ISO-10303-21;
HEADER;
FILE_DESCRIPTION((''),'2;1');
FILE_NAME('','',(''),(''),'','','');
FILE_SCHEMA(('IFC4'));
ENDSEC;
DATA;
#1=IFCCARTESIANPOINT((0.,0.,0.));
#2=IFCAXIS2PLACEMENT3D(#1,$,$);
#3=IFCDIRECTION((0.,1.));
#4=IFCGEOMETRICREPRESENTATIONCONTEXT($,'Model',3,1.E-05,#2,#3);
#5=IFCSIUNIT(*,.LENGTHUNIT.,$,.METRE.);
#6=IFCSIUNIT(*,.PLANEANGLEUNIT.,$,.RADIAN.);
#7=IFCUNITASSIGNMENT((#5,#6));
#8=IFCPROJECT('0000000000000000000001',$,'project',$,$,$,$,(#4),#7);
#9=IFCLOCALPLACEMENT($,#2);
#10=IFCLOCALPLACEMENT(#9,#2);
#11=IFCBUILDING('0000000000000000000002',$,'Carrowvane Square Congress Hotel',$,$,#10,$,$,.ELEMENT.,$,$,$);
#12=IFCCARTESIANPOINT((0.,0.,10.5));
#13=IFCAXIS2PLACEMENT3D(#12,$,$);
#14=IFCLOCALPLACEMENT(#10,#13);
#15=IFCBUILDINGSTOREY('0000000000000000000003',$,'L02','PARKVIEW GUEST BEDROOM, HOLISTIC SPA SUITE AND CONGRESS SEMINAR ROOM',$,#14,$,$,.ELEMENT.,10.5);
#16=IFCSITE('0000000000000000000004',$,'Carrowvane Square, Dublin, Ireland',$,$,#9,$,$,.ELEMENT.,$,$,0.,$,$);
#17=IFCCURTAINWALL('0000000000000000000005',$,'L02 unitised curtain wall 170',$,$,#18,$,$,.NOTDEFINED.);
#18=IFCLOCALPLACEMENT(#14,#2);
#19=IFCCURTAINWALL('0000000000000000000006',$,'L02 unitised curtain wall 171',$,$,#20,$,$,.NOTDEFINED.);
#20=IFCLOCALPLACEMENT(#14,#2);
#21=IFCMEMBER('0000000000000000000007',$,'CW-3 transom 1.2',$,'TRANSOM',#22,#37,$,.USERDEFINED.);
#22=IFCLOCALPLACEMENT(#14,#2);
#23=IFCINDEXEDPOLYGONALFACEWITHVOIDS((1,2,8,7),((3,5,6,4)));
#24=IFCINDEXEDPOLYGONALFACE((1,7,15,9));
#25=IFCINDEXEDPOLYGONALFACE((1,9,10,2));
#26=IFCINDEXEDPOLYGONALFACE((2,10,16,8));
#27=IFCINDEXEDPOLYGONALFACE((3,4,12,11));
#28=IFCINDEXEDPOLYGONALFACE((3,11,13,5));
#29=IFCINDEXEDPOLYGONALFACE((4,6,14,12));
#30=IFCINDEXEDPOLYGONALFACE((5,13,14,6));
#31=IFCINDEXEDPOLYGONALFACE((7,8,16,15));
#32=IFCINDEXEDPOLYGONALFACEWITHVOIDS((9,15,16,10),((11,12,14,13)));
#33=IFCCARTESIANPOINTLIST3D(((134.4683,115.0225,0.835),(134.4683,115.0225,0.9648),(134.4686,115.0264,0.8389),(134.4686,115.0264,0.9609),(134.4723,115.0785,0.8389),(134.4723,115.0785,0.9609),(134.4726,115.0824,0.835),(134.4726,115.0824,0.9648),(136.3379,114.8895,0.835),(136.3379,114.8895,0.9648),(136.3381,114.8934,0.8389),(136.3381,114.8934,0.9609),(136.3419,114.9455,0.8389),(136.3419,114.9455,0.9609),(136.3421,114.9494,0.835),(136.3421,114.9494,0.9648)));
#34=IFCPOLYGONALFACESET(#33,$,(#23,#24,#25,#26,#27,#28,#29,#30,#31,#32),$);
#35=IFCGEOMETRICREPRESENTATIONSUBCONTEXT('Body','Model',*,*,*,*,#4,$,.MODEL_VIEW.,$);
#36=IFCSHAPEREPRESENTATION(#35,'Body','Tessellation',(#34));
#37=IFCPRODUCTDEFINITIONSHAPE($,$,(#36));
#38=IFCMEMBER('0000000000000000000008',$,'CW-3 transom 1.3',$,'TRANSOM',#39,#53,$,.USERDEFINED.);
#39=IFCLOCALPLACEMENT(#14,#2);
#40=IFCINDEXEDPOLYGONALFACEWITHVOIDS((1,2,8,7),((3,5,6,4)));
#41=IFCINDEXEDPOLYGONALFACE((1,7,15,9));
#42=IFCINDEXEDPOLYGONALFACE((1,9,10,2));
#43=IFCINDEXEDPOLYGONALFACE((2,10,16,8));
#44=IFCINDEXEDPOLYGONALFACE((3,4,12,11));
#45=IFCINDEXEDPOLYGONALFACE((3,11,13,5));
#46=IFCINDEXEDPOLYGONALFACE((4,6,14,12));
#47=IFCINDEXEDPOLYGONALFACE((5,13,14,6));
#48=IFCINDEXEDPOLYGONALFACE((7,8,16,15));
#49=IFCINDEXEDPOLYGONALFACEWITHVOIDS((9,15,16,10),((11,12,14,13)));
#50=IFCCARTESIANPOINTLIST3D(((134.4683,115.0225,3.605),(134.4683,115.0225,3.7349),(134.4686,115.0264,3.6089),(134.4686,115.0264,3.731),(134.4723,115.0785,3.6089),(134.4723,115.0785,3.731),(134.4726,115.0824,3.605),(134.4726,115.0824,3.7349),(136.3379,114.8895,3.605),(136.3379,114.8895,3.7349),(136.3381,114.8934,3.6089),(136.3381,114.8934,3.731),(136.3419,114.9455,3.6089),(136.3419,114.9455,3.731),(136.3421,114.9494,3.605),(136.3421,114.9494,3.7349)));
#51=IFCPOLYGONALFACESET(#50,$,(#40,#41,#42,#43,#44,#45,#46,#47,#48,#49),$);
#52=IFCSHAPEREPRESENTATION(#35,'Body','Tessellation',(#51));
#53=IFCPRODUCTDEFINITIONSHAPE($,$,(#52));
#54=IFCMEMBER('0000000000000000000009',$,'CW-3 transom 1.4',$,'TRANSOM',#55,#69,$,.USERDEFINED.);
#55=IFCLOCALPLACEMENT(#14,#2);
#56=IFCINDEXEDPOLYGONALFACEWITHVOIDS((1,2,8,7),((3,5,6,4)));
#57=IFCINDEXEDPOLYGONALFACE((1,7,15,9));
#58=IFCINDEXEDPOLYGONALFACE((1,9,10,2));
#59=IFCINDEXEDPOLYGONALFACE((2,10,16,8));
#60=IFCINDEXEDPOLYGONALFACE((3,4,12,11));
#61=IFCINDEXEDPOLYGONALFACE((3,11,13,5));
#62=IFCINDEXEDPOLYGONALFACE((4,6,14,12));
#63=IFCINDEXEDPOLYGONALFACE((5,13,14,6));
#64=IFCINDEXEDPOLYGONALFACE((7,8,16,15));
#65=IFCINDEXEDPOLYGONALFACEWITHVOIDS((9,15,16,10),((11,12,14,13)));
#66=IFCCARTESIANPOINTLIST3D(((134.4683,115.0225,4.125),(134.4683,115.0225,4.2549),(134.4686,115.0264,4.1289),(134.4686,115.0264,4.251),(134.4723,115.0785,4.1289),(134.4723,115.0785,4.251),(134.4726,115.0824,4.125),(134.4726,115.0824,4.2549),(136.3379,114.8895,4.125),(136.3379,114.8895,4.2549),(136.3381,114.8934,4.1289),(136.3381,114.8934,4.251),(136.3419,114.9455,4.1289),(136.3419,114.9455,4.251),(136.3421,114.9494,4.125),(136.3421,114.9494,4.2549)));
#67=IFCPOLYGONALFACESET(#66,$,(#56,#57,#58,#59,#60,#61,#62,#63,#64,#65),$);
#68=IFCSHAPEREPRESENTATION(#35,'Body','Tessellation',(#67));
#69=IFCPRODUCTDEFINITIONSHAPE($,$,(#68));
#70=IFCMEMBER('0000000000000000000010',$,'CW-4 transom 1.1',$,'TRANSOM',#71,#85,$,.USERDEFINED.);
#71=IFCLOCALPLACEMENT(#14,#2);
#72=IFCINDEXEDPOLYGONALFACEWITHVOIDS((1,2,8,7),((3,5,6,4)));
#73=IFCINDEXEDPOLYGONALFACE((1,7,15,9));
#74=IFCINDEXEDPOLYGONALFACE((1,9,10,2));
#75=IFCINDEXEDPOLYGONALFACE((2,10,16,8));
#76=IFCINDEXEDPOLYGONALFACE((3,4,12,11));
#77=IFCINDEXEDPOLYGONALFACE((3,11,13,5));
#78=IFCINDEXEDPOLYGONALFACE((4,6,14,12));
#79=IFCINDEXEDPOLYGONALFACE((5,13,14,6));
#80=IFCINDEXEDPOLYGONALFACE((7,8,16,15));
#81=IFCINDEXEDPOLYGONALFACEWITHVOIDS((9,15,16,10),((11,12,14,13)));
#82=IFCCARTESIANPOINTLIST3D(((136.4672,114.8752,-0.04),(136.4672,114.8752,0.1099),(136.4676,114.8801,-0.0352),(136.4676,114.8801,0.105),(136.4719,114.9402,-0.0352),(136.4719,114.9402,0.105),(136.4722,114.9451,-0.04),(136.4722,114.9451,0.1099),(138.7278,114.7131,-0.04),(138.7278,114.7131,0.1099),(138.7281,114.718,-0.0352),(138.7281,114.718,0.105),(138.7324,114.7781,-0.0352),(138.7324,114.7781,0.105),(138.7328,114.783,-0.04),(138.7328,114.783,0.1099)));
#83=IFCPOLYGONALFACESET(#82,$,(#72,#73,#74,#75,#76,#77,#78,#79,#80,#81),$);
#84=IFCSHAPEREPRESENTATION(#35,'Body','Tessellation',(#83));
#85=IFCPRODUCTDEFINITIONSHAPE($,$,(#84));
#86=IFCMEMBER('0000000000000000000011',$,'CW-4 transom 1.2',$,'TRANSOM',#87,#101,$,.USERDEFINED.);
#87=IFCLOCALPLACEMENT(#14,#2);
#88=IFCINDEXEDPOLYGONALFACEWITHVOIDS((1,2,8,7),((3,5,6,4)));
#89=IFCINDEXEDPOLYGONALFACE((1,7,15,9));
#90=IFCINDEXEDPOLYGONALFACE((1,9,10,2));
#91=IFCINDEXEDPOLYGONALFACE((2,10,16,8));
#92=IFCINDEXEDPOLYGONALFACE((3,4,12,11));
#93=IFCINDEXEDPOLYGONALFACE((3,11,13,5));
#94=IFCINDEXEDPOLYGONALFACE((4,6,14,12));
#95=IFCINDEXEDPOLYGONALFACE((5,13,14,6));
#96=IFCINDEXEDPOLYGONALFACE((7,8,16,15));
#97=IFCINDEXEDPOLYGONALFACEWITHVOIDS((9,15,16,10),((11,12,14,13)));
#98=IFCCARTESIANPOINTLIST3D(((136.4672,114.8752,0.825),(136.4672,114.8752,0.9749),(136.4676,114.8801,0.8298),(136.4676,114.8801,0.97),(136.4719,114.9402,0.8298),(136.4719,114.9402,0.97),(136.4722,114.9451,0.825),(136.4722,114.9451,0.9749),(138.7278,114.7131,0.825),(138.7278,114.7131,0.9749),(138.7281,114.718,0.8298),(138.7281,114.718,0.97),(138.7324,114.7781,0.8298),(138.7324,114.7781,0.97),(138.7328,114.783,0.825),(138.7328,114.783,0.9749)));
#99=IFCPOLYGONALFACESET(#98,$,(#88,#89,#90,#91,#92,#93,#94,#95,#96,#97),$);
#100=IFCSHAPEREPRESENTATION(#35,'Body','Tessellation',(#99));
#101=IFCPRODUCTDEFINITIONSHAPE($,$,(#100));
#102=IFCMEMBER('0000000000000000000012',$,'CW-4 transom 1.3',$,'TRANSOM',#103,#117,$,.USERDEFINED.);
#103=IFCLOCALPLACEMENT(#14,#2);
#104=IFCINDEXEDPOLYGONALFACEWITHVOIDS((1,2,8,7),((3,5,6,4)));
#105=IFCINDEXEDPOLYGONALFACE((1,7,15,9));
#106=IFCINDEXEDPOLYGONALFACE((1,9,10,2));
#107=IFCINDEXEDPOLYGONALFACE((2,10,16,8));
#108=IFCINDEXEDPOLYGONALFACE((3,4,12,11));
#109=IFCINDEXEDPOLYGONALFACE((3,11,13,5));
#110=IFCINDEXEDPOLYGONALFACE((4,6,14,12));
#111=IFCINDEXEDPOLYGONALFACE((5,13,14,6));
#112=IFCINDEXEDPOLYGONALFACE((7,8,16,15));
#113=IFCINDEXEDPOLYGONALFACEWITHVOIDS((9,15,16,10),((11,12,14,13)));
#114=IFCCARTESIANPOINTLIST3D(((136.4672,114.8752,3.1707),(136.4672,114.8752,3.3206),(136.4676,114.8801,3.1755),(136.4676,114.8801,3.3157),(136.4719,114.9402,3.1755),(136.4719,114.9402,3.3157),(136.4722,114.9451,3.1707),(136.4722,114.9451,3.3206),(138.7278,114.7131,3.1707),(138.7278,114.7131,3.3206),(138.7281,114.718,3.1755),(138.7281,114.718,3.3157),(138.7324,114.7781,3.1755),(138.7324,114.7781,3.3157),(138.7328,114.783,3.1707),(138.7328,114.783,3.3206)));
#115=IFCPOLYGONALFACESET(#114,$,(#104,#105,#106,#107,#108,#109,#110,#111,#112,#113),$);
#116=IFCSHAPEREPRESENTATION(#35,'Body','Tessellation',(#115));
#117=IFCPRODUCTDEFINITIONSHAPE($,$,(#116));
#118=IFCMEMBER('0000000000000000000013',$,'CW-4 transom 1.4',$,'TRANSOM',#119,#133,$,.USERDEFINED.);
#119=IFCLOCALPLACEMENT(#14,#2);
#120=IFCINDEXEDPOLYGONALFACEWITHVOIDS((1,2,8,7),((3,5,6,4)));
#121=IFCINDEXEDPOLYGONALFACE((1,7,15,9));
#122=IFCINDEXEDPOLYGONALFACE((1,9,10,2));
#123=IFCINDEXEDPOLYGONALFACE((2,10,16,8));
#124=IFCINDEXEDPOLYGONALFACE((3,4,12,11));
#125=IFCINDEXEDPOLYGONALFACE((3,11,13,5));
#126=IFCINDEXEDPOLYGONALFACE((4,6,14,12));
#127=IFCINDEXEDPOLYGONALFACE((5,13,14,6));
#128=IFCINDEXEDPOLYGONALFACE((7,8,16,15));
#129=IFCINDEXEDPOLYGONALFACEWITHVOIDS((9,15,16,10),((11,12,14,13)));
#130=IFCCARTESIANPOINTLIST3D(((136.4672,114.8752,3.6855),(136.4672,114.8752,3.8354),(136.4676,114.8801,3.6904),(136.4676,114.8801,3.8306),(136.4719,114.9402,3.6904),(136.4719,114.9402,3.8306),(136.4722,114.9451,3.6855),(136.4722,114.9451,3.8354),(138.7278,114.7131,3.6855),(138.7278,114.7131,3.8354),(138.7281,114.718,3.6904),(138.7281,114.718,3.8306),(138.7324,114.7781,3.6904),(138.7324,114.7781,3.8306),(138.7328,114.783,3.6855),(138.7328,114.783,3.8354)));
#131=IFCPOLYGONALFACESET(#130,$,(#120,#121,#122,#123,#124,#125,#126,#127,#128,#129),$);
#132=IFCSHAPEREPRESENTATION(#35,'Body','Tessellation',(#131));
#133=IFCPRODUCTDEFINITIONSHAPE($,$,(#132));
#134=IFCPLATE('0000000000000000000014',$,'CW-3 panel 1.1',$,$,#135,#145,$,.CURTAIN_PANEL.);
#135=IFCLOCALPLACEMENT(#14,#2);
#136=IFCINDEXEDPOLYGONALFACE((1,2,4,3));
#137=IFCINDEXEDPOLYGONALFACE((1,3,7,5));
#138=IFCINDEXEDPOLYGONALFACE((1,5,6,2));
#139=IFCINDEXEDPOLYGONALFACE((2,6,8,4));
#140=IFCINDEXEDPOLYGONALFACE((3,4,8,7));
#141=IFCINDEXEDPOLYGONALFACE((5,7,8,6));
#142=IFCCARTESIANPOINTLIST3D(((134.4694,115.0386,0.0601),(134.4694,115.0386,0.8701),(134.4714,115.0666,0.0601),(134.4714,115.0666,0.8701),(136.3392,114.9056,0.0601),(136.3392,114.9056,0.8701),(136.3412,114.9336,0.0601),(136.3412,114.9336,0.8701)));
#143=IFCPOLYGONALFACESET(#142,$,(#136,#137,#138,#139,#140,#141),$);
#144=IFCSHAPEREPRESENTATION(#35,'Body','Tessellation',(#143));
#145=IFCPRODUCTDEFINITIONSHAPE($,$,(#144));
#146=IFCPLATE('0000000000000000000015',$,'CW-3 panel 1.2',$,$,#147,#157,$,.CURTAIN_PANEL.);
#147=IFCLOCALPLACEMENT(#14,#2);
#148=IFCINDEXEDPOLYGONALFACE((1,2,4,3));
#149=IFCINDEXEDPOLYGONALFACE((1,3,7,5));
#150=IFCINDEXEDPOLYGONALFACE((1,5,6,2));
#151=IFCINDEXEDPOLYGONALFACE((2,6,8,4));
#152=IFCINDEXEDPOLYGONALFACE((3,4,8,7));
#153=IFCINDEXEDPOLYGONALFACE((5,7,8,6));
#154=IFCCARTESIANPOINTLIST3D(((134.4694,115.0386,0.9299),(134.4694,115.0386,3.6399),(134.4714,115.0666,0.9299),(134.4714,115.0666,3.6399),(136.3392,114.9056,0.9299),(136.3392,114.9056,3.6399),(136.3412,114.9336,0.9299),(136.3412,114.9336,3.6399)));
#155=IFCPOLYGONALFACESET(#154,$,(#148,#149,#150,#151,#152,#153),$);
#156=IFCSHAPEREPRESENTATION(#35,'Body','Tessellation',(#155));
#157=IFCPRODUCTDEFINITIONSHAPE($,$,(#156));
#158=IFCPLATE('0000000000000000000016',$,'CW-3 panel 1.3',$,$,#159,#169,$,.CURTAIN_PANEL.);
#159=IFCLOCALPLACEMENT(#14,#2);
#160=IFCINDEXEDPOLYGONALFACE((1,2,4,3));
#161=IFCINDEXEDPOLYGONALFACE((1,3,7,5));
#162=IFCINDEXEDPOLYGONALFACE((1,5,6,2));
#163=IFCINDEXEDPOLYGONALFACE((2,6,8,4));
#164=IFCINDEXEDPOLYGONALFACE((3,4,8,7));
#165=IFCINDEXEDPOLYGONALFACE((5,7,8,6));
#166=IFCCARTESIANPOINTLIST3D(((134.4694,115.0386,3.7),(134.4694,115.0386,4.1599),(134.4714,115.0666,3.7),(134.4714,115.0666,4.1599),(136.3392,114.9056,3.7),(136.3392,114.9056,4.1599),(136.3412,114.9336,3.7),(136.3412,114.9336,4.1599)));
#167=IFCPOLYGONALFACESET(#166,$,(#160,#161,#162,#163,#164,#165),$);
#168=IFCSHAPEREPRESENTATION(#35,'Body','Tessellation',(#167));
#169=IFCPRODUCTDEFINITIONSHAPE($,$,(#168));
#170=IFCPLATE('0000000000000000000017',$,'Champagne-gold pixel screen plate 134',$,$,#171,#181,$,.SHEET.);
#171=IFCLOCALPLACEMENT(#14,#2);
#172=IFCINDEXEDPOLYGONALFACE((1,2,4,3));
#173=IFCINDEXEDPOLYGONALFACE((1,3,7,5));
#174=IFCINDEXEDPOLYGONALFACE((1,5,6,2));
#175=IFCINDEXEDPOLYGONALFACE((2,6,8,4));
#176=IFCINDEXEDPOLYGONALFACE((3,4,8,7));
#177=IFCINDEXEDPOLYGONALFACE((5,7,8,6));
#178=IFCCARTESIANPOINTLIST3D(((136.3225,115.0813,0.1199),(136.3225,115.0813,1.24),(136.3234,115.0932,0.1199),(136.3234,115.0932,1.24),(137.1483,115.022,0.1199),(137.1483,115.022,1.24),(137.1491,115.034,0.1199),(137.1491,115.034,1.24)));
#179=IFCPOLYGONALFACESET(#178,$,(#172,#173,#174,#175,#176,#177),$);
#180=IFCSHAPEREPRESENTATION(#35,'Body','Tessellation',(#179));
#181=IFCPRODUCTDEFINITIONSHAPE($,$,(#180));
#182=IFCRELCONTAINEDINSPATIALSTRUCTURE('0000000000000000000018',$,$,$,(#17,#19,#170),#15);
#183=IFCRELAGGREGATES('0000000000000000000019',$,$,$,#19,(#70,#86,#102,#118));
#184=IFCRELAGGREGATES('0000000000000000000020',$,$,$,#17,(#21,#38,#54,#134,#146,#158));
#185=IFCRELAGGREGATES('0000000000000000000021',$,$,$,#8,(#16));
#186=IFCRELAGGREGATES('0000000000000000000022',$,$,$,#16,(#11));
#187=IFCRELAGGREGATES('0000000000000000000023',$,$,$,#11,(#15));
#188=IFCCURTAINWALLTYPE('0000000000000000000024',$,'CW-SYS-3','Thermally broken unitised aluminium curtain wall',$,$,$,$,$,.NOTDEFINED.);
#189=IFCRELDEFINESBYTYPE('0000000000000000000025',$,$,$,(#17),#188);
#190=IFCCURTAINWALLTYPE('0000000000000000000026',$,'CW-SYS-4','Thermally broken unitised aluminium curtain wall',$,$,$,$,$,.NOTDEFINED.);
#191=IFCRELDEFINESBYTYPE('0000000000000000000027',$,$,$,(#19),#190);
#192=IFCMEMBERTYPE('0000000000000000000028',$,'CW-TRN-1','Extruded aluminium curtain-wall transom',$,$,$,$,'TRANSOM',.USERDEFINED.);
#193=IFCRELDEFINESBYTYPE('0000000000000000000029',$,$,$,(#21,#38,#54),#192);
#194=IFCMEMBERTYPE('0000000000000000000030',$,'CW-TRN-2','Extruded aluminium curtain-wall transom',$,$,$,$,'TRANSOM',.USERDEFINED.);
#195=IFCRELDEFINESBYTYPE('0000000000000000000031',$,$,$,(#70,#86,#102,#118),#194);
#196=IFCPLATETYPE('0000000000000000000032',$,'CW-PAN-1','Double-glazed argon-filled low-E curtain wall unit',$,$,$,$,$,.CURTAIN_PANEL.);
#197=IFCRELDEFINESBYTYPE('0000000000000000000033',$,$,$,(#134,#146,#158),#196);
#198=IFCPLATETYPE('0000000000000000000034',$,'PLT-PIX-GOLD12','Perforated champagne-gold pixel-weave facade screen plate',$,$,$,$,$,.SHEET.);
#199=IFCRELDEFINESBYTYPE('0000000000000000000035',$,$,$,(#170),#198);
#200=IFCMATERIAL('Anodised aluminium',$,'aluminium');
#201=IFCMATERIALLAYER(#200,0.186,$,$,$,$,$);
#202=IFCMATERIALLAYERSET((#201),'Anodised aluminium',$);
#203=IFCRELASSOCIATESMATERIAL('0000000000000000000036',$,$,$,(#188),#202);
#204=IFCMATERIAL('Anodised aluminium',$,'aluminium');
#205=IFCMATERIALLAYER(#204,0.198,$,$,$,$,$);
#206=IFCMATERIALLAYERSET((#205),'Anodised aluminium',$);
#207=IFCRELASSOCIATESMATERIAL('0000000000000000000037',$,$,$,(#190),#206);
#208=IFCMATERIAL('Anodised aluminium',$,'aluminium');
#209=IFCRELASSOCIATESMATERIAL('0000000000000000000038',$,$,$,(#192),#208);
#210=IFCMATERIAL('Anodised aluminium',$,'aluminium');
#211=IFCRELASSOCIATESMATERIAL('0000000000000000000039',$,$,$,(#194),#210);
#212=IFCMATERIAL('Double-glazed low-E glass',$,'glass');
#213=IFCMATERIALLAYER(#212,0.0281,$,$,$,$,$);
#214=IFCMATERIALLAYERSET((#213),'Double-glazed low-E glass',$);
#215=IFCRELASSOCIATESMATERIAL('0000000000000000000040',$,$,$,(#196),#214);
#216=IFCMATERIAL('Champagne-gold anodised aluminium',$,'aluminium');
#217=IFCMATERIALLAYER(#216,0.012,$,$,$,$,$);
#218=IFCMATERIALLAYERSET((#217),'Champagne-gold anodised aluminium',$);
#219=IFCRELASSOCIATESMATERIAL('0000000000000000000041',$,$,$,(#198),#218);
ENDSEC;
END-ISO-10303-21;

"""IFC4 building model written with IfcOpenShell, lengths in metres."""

from ifc_helpers import new_model, si_unit, direction, frame, origin, origin_2d, place, context, subcontext, project, spatial, rectangle, hollow_rectangle, extrude, material, layer, layer_set, material_profile, profile_set, type_object, element, aggregate, save


model = new_model("IFC4")

# Units and contexts
model_context = context("Model", 3, precision=1e-05, world=origin(), true_north=direction((0.0, 1.0)))
body_context = subcontext(model_context, "Body", "Model", "MODEL_VIEW")
ifc_project = project(units=[si_unit("LENGTHUNIT", "METRE"), si_unit("PLANEANGLEUNIT", "RADIAN")], contexts=[model_context])

# Site, building, storey
site_placement = place(None, origin())
site = spatial("IfcSite", under=ifc_project, at=site_placement, Name="Carrowvane Square, Dublin, Ireland", CompositionType="ELEMENT", RefElevation=0.0)
building_placement = place(site_placement, origin())
building = spatial("IfcBuilding", under=site, at=building_placement, Name="Carrowvane Square Congress Hotel", CompositionType="ELEMENT")
storey_placement = place(building_placement, frame((0.0, 0.0, 10.5)))
storey = spatial("IfcBuildingStorey", under=building, at=storey_placement, Name="L02", Description="PARKVIEW GUEST BEDROOM, HOLISTIC SPA SUITE AND CONGRESS SEMINAR ROOM", CompositionType="ELEMENT", Elevation=10.5)

# Curtain wall
ifc_material_1 = material(Name="Anodised aluminium", Category="aluminium")
ifc_layer_1 = layer(ifc_material_1, 0.186)
ifc_layer_set_1 = layer_set([ifc_layer_1], Name="Anodised aluminium")
curtain_wall_type_1 = type_object("IfcCurtainWallType", Name="CW-SYS-3", Description="Thermally broken unitised aluminium curtain wall", PredefinedType="NOTDEFINED", material=ifc_layer_set_1)
curtain_wall_1_placement = place(storey_placement, origin())
curtain_wall_1 = element("IfcCurtainWall", 1, at=curtain_wall_1_placement, inside=storey, type_object=curtain_wall_type_1, Name="L02 unitised curtain wall 170", PredefinedType="NOTDEFINED")

# Curtain wall
ifc_material_2 = material(Name="Anodised aluminium", Category="aluminium")
ifc_layer_2 = layer(ifc_material_2, 0.198)
ifc_layer_set_2 = layer_set([ifc_layer_2], Name="Anodised aluminium")
curtain_wall_type_2 = type_object("IfcCurtainWallType", Name="CW-SYS-4", Description="Thermally broken unitised aluminium curtain wall", PredefinedType="NOTDEFINED", material=ifc_layer_set_2)
curtain_wall_2_placement = place(storey_placement, origin())
curtain_wall_2 = element("IfcCurtainWall", 2, at=curtain_wall_2_placement, inside=storey, type_object=curtain_wall_type_2, Name="L02 unitised curtain wall 171", PredefinedType="NOTDEFINED")

# Members
ifc_material_3 = material(Name="Anodised aluminium", Category="aluminium")
ifc_material_profile_1 = material_profile(ifc_material_3, hollow_rectangle(XDim=0.0601, YDim=0.1299, WallThickness=0.0039, at=origin_2d()), Name="CW-TR 60x130x4")
ifc_profile_set_1 = profile_set([ifc_material_profile_1], Name="Anodised aluminium")
member_type_1 = type_object("IfcMemberType", Name="CW-TRN-1", Description="Extruded aluminium curtain-wall transom", ElementType="TRANSOM", PredefinedType="USERDEFINED", material=ifc_profile_set_1)
member_1_placement = place(storey_placement, frame((134.4705, 115.0525, 0.8999), z_axis=(0.997477, -0.070988, 0.0), x_axis=(0.070988, 0.997477, 0.0)))
member_1 = element("IfcMember", 3, at=member_1_placement, type_object=member_type_1, Name="CW-3 transom 1.2", ObjectType="TRANSOM", PredefinedType="USERDEFINED", context=body_context, shape_type="SweptSolid", body=[
    extrude(hollow_rectangle(XDim=0.0601, YDim=0.1299, WallThickness=0.0039, at=origin_2d()), origin(), (0.0, 0.0, 1.0), 1.8743),
])
member_2_placement = place(storey_placement, frame((134.4705, 115.0525, 3.6699), z_axis=(0.997477, -0.070988, 0.0), x_axis=(0.070988, 0.997477, 0.0)))
member_2 = element("IfcMember", 4, at=member_2_placement, type_object=member_type_1, Name="CW-3 transom 1.3", ObjectType="TRANSOM", PredefinedType="USERDEFINED", context=body_context, shape_type="SweptSolid", body=[
    extrude(hollow_rectangle(XDim=0.0601, YDim=0.1299, WallThickness=0.0039, at=origin_2d()), origin(), (0.0, 0.0, 1.0), 1.8743),
])
member_3_placement = place(storey_placement, frame((134.4705, 115.0525, 4.1899), z_axis=(0.997477, -0.070988, 0.0), x_axis=(0.070988, 0.997477, 0.0)))
member_3 = element("IfcMember", 5, at=member_3_placement, type_object=member_type_1, Name="CW-3 transom 1.4", ObjectType="TRANSOM", PredefinedType="USERDEFINED", context=body_context, shape_type="SweptSolid", body=[
    extrude(hollow_rectangle(XDim=0.0601, YDim=0.1299, WallThickness=0.0039, at=origin_2d()), origin(), (0.0, 0.0, 1.0), 1.8743),
])
ifc_material_4 = material(Name="Anodised aluminium", Category="aluminium")
ifc_material_profile_2 = material_profile(ifc_material_4, hollow_rectangle(XDim=0.0701, YDim=0.1499, WallThickness=0.0049, at=origin_2d()), Name="CW-TR 70x150x5")
ifc_profile_set_2 = profile_set([ifc_material_profile_2], Name="Anodised aluminium")
member_type_2 = type_object("IfcMemberType", Name="CW-TRN-2", Description="Extruded aluminium curtain-wall transom", ElementType="TRANSOM", PredefinedType="USERDEFINED", material=ifc_profile_set_2)
member_4_placement = place(storey_placement, frame((136.4697, 114.9102, 0.0349), z_axis=(0.997438, -0.07153, 0.0), x_axis=(0.07153, 0.997438, 0.0)))
member_4 = element("IfcMember", 6, at=member_4_placement, type_object=member_type_2, Name="CW-4 transom 1.1", ObjectType="TRANSOM", PredefinedType="USERDEFINED", context=body_context, shape_type="SweptSolid", body=[
    extrude(hollow_rectangle(XDim=0.0701, YDim=0.1499, WallThickness=0.0049, at=origin_2d()), origin(), (0.0, 0.0, 1.0), 2.2664),
])
member_5_placement = place(storey_placement, frame((136.4697, 114.9102, 0.8999), z_axis=(0.997438, -0.07153, 0.0), x_axis=(0.07153, 0.997438, 0.0)))
member_5 = element("IfcMember", 7, at=member_5_placement, type_object=member_type_2, Name="CW-4 transom 1.2", ObjectType="TRANSOM", PredefinedType="USERDEFINED", context=body_context, shape_type="SweptSolid", body=[
    extrude(hollow_rectangle(XDim=0.0701, YDim=0.1499, WallThickness=0.0049, at=origin_2d()), origin(), (0.0, 0.0, 1.0), 2.2664),
])
member_6_placement = place(storey_placement, frame((136.4697, 114.9102, 3.2456), z_axis=(0.997438, -0.07153, 0.0), x_axis=(0.07153, 0.997438, 0.0)))
member_6 = element("IfcMember", 8, at=member_6_placement, type_object=member_type_2, Name="CW-4 transom 1.3", ObjectType="TRANSOM", PredefinedType="USERDEFINED", context=body_context, shape_type="SweptSolid", body=[
    extrude(hollow_rectangle(XDim=0.0701, YDim=0.1499, WallThickness=0.0049, at=origin_2d()), origin(), (0.0, 0.0, 1.0), 2.2664),
])
member_7_placement = place(storey_placement, frame((136.4697, 114.9102, 3.7605), z_axis=(0.997438, -0.07153, 0.0), x_axis=(0.07153, 0.997438, 0.0)))
member_7 = element("IfcMember", 9, at=member_7_placement, type_object=member_type_2, Name="CW-4 transom 1.4", ObjectType="TRANSOM", PredefinedType="USERDEFINED", context=body_context, shape_type="SweptSolid", body=[
    extrude(hollow_rectangle(XDim=0.0701, YDim=0.1499, WallThickness=0.0049, at=origin_2d()), origin(), (0.0, 0.0, 1.0), 2.2664),
])
aggregate(curtain_wall_2, [member_4, member_5, member_6, member_7])

# Plates
ifc_material_5 = material(Name="Double-glazed low-E glass", Category="glass")
ifc_layer_3 = layer(ifc_material_5, 0.0281)
ifc_layer_set_3 = layer_set([ifc_layer_3], Name="Double-glazed low-E glass")
plate_type_1 = type_object("IfcPlateType", Name="CW-PAN-1", Description="Double-glazed argon-filled low-E curtain wall unit", PredefinedType="CURTAIN_PANEL", material=ifc_layer_set_3)
plate_1_placement = place(storey_placement, frame((135.4053, 114.9861, 0.0601), z_axis=(0.0, 0.0, 1.0), x_axis=(0.997479, -0.07096, 0.0)))
plate_1 = element("IfcPlate", 10, at=plate_1_placement, type_object=plate_type_1, Name="CW-3 panel 1.1", PredefinedType="CURTAIN_PANEL", context=body_context, shape_type="SweptSolid", body=[
    extrude(rectangle(XDim=1.8745, YDim=0.0281, at=origin_2d()), origin(), (0.0, 0.0, 1.0), 0.8101),
])
plate_2_placement = place(storey_placement, frame((135.4053, 114.9861, 0.9299), z_axis=(0.0, 0.0, 1.0), x_axis=(0.997479, -0.07096, 0.0)))
plate_2 = element("IfcPlate", 11, at=plate_2_placement, type_object=plate_type_1, Name="CW-3 panel 1.2", PredefinedType="CURTAIN_PANEL", context=body_context, shape_type="SweptSolid", body=[
    extrude(rectangle(XDim=1.8745, YDim=0.0281, at=origin_2d()), origin(), (0.0, 0.0, 1.0), 2.71),
])
plate_3_placement = place(storey_placement, frame((135.4053, 114.9861, 3.7), z_axis=(0.0, 0.0, 1.0), x_axis=(0.997479, -0.07096, 0.0)))
plate_3 = element("IfcPlate", 12, at=plate_3_placement, type_object=plate_type_1, Name="CW-3 panel 1.3", PredefinedType="CURTAIN_PANEL", context=body_context, shape_type="SweptSolid", body=[
    extrude(rectangle(XDim=1.8745, YDim=0.0281, at=origin_2d()), origin(), (0.0, 0.0, 1.0), 0.46),
])
aggregate(curtain_wall_1, [member_1, member_2, member_3, plate_1, plate_2, plate_3])

# Plate
ifc_material_6 = material(Name="Champagne-gold anodised aluminium", Category="aluminium")
ifc_layer_4 = layer(ifc_material_6, 0.012)
ifc_layer_set_4 = layer_set([ifc_layer_4], Name="Champagne-gold anodised aluminium")
plate_type_2 = type_object("IfcPlateType", Name="PLT-PIX-GOLD12", Description="Perforated champagne-gold pixel-weave facade screen plate", PredefinedType="SHEET", material=ifc_layer_set_4)
plate_4_placement = place(storey_placement, frame((136.7358, 115.0576, 0.1199), z_axis=(0.0, 0.0, 1.0), x_axis=(0.997438, -0.071533, 0.0)))
element("IfcPlate", 13, at=plate_4_placement, inside=storey, type_object=plate_type_2, Name="Champagne-gold pixel screen plate 134", PredefinedType="SHEET", context=body_context, shape_type="SweptSolid", body=[
    extrude(rectangle(XDim=0.8279, YDim=0.012, at=origin_2d()), origin(), (0.0, 0.0, 1.0), 1.1201),
])

save(model, "model.ifc")
